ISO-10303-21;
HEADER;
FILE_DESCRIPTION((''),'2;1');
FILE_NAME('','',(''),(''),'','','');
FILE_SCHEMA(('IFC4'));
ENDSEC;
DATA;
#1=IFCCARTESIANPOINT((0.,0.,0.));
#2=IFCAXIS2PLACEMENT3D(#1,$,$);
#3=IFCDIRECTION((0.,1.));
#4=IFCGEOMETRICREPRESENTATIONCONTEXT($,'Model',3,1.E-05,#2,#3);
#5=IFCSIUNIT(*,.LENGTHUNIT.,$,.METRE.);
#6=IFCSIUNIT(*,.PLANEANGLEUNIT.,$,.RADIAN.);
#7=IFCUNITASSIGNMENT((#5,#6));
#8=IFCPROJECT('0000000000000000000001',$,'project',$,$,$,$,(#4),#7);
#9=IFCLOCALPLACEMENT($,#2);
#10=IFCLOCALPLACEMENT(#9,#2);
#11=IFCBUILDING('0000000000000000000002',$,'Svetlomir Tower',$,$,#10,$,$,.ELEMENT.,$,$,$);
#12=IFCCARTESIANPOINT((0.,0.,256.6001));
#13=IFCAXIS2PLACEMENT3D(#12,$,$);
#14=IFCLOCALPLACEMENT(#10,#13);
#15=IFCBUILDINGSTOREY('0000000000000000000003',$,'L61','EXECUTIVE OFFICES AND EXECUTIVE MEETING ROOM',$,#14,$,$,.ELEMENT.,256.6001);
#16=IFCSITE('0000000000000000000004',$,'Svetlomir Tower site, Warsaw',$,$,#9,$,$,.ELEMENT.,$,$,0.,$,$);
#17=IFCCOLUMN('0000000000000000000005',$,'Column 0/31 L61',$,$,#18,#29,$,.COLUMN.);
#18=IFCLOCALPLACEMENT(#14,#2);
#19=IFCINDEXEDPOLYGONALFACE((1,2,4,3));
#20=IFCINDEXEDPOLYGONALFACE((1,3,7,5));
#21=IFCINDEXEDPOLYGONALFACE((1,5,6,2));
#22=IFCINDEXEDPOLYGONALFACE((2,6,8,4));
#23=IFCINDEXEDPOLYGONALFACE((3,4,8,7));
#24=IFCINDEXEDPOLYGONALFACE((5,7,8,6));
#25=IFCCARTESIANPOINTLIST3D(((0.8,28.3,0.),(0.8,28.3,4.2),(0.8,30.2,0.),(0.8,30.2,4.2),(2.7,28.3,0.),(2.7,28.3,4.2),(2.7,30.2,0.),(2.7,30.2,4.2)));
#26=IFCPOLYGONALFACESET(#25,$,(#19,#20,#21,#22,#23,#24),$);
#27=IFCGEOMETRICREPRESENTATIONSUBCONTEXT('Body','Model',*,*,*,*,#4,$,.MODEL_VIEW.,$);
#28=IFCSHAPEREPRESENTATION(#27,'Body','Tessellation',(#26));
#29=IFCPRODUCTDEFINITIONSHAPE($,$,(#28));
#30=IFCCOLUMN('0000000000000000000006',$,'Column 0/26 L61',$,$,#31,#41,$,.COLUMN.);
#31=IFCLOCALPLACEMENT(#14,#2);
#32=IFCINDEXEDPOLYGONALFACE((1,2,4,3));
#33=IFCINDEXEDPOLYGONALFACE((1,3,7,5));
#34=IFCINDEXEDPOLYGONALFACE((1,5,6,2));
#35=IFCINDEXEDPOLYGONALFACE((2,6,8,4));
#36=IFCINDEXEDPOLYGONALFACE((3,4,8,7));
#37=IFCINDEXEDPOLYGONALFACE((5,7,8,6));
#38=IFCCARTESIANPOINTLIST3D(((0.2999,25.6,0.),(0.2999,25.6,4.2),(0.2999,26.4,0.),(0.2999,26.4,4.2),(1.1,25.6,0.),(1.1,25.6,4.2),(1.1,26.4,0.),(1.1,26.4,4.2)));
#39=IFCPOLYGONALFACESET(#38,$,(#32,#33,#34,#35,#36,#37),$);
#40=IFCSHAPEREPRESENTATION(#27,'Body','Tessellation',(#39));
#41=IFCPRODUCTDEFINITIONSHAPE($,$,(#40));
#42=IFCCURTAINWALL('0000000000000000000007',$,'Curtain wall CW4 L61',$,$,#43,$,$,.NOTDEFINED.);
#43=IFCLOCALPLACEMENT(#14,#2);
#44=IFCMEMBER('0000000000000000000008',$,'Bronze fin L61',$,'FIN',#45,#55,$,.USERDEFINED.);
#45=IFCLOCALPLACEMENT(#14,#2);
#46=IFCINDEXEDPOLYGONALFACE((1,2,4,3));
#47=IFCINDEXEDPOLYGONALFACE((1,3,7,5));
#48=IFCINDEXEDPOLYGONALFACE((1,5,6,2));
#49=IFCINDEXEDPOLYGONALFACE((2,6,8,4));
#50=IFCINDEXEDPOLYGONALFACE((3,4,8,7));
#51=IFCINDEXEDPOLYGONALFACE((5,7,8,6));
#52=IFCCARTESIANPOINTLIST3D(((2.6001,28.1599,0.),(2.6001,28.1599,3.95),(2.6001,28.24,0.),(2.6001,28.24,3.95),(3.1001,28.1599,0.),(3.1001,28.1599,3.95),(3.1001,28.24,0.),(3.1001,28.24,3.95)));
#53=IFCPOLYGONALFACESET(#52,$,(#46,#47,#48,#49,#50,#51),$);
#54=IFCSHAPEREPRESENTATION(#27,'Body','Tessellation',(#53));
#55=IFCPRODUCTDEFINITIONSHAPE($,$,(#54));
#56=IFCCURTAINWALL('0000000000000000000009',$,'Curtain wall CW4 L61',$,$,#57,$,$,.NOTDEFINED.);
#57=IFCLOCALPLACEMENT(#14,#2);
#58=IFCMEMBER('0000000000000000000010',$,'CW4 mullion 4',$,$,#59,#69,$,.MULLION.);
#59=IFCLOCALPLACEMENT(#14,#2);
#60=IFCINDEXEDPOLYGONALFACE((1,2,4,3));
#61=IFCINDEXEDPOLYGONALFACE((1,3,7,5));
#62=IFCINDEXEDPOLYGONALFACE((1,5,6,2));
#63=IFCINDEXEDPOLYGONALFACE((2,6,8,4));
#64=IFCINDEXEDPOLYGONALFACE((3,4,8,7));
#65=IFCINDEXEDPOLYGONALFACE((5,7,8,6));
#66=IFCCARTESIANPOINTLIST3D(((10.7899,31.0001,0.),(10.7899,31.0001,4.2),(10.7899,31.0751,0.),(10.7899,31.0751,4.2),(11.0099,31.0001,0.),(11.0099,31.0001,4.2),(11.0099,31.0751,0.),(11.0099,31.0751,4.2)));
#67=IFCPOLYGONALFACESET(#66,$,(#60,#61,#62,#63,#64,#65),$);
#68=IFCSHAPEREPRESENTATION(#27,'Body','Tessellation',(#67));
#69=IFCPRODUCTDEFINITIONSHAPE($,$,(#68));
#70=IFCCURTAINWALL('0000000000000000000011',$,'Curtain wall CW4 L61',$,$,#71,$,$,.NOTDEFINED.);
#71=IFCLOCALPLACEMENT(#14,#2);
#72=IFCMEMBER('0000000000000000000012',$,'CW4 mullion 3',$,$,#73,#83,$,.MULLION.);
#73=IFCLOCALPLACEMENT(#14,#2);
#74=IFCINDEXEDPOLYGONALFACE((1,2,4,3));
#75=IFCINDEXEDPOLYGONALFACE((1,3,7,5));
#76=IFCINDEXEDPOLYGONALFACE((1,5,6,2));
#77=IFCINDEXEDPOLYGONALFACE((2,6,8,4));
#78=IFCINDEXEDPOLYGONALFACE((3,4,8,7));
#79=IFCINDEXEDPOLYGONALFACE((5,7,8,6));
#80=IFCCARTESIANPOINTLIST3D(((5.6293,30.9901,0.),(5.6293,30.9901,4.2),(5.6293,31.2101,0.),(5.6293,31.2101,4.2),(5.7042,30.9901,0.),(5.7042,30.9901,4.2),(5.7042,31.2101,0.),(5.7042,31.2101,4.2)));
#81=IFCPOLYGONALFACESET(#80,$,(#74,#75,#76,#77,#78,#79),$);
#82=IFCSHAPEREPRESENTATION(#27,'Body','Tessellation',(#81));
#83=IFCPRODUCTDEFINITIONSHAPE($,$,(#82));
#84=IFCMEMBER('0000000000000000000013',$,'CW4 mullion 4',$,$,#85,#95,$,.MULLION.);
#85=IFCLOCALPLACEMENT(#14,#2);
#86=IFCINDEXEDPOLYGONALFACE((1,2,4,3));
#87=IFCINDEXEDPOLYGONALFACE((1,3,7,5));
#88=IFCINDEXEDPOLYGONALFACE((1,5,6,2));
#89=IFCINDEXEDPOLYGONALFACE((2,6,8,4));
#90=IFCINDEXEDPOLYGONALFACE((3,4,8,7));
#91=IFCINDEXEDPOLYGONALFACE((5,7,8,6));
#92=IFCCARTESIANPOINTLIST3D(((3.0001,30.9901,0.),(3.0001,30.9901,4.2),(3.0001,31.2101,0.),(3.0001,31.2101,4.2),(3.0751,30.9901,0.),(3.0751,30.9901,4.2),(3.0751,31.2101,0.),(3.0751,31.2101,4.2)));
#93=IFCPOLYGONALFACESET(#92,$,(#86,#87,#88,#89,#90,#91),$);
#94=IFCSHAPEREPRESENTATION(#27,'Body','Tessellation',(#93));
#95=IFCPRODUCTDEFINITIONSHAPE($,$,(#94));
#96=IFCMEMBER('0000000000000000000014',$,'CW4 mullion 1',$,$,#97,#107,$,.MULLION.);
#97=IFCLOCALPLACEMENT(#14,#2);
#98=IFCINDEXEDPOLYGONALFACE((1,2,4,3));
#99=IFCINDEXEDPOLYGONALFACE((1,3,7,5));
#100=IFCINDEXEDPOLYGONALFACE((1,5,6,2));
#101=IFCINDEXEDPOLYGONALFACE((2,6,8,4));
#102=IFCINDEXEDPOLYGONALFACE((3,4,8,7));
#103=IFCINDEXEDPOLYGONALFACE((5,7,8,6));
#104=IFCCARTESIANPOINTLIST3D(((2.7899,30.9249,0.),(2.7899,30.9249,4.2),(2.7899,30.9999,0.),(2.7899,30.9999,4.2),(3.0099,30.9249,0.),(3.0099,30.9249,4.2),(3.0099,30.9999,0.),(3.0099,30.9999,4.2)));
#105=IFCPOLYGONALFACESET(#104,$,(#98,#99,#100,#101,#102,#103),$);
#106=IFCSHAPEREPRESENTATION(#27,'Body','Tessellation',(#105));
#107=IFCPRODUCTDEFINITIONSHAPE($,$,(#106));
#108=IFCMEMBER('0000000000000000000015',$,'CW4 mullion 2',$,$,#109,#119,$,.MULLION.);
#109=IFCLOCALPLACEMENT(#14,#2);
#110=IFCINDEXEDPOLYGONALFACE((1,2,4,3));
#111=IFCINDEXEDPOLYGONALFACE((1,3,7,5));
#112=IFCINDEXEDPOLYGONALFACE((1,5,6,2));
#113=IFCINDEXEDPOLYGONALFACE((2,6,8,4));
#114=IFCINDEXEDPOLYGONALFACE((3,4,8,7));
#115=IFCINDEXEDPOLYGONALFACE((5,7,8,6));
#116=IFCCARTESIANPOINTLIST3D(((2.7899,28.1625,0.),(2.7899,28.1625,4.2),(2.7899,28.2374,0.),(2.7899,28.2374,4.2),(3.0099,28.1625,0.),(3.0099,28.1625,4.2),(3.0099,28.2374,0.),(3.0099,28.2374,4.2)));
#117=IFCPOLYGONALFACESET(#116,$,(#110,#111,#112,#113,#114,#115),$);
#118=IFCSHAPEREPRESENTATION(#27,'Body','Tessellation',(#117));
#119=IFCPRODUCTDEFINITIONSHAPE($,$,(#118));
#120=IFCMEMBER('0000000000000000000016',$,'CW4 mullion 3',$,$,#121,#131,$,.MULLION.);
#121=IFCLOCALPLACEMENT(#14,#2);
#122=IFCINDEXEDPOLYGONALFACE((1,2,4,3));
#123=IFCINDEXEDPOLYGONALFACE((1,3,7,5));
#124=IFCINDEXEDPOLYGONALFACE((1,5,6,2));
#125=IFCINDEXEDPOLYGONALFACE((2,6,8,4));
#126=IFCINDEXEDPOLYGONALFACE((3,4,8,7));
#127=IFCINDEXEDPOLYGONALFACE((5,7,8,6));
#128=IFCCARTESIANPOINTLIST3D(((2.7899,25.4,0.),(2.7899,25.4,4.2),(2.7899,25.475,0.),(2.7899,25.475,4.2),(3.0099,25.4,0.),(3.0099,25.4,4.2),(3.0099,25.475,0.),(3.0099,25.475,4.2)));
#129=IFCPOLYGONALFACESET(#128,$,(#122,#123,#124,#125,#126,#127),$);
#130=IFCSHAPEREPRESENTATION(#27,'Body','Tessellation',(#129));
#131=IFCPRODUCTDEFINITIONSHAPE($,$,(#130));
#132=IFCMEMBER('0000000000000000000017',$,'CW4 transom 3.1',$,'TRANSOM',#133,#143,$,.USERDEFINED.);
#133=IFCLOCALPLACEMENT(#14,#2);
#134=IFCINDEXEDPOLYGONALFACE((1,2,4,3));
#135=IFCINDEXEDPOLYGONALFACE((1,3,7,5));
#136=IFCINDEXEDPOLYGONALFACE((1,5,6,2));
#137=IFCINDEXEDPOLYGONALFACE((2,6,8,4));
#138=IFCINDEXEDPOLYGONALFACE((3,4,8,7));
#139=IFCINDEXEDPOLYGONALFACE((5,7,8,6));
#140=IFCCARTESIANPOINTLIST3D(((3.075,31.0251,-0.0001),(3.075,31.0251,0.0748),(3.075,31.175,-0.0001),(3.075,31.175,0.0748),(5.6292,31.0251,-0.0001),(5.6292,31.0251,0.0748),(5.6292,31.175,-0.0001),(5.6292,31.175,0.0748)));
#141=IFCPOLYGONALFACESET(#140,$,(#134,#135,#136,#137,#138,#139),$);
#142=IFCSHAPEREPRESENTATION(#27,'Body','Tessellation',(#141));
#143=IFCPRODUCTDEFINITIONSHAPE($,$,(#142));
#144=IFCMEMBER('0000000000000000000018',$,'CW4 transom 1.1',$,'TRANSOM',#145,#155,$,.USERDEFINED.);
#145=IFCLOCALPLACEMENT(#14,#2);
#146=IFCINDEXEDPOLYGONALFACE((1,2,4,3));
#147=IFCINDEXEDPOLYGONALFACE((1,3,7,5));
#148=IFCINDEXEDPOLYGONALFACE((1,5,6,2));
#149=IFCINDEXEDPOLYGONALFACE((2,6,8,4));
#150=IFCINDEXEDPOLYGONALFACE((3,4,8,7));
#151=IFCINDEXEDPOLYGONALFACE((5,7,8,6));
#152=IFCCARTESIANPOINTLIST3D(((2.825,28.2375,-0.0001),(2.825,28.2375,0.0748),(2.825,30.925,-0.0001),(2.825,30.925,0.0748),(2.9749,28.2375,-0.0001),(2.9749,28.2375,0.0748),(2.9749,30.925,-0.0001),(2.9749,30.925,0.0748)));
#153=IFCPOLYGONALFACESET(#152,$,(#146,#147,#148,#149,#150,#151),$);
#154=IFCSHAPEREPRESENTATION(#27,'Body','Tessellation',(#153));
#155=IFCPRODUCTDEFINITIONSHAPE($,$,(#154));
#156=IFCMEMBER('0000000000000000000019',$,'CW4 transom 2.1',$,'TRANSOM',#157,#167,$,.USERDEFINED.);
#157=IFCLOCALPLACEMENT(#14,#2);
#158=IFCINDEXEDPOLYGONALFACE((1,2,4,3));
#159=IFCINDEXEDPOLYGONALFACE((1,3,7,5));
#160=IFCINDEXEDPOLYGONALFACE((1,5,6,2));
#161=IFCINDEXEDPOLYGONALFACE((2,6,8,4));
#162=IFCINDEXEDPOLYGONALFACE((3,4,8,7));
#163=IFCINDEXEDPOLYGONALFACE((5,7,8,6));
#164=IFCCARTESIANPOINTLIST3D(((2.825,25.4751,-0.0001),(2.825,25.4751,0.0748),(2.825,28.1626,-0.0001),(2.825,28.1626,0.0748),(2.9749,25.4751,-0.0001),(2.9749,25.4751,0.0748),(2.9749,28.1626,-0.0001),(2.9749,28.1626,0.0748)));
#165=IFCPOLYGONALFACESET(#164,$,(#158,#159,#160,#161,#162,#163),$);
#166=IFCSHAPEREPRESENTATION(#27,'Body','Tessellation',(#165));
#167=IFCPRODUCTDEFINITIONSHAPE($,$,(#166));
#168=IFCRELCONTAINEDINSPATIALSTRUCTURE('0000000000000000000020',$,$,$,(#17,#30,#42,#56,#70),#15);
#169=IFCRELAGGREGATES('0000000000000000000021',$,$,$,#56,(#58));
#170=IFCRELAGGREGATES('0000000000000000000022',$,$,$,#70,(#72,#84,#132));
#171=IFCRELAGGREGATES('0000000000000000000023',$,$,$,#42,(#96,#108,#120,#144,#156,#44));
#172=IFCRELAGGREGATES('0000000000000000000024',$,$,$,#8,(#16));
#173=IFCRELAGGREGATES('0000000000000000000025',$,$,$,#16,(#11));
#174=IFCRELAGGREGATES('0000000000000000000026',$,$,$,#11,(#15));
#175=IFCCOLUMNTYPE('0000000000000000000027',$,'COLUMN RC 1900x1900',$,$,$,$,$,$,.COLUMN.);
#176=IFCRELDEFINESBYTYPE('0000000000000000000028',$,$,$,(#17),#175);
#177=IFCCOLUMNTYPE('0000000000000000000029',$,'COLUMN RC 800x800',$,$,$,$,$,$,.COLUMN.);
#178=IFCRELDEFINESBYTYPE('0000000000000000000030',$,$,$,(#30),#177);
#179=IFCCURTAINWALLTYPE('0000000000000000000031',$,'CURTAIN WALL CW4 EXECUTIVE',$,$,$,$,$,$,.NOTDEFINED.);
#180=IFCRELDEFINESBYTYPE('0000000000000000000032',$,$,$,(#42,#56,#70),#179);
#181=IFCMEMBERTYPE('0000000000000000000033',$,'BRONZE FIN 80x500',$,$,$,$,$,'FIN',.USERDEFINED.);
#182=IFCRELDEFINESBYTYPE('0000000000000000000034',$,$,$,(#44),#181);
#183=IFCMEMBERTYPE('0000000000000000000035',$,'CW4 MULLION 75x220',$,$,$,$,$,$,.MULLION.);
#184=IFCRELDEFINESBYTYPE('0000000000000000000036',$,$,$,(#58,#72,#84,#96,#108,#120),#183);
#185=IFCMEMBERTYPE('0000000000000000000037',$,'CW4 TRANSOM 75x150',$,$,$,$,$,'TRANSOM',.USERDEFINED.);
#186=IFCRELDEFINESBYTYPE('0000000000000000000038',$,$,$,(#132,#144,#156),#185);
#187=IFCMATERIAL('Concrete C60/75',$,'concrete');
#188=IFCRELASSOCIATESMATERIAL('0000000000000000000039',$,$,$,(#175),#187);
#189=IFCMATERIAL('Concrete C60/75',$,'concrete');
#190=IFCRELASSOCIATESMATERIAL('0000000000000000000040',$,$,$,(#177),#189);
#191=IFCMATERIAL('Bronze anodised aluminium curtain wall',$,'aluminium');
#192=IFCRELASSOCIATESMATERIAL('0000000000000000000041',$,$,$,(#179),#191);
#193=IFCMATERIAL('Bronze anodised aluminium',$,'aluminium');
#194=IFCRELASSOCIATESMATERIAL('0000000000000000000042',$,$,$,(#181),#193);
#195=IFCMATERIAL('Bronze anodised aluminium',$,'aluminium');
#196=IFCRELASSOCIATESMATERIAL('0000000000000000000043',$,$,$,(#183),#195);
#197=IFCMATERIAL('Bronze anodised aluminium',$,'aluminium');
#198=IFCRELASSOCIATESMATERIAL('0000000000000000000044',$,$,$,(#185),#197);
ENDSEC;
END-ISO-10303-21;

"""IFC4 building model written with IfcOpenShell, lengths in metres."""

from ifc_helpers import new_model, si_unit, direction, frame, origin, origin_2d, place, context, subcontext, project, spatial, rectangle, extrude, material, material_profile, profile_set, type_object, element, aggregate, save


model = new_model("IFC4")

# Units and contexts
model_context = context("Model", 3, precision=1e-05, world=origin(), true_north=direction((0.0, 1.0)))
body_context = subcontext(model_context, "Body", "Model", "MODEL_VIEW")
ifc_project = project(units=[si_unit("LENGTHUNIT", "METRE"), si_unit("PLANEANGLEUNIT", "RADIAN")], contexts=[model_context])

# Site, building, storey
site_placement = place(None, origin())
site = spatial("IfcSite", under=ifc_project, at=site_placement, Name="Svetlomir Tower site, Warsaw", CompositionType="ELEMENT", RefElevation=0.0)
building_placement = place(site_placement, origin())
building = spatial("IfcBuilding", under=site, at=building_placement, Name="Svetlomir Tower", CompositionType="ELEMENT")
storey_placement = place(building_placement, frame((0.0, 0.0, 256.6001)))
storey = spatial("IfcBuildingStorey", under=building, at=storey_placement, Name="L61", Description="EXECUTIVE OFFICES AND EXECUTIVE MEETING ROOM", CompositionType="ELEMENT", Elevation=256.6001)

# Columns
ifc_material_1 = material(Name="Concrete C60/75", Category="concrete")
ifc_material_profile_1 = material_profile(ifc_material_1, rectangle(XDim=1.8999, YDim=1.8999, at=origin_2d()), Name="RC 1900x1900")
ifc_profile_set_1 = profile_set([ifc_material_profile_1], Name="Concrete C60/75")
column_type_1 = type_object("IfcColumnType", Name="COLUMN RC 1900x1900", PredefinedType="COLUMN", material=ifc_profile_set_1)
column_1_placement = place(storey_placement, frame((1.75, 29.25, 0.0), z_axis=(0.0, 0.0, 1.0), x_axis=(1.0, 0.0, 0.0)))
element("IfcColumn", 1, at=column_1_placement, inside=storey, type_object=column_type_1, Name="Column 0/31 L61", PredefinedType="COLUMN", context=body_context, shape_type="SweptSolid", body=[
    extrude(rectangle(XDim=1.8999, YDim=1.8999, at=origin_2d()), origin(), (0.0, 0.0, 1.0), 4.2),
])
ifc_material_2 = material(Name="Concrete C60/75", Category="concrete")
ifc_material_profile_2 = material_profile(ifc_material_2, rectangle(XDim=0.8, YDim=0.8, at=origin_2d()), Name="RC 800x800")
ifc_profile_set_2 = profile_set([ifc_material_profile_2], Name="Concrete C60/75")
column_type_2 = type_object("IfcColumnType", Name="COLUMN RC 800x800", PredefinedType="COLUMN", material=ifc_profile_set_2)
column_2_placement = place(storey_placement, frame((0.7, 26.0, 0.0), z_axis=(0.0, 0.0, 1.0), x_axis=(1.0, 0.0, 0.0)))
element("IfcColumn", 2, at=column_2_placement, inside=storey, type_object=column_type_2, Name="Column 0/26 L61", PredefinedType="COLUMN", context=body_context, shape_type="SweptSolid", body=[
    extrude(rectangle(XDim=0.8, YDim=0.8, at=origin_2d()), origin(), (0.0, 0.0, 1.0), 4.2),
])

# Curtain walls, members
ifc_material_3 = material(Name="Bronze anodised aluminium curtain wall", Category="aluminium")
curtain_wall_type = type_object("IfcCurtainWallType", Name="CURTAIN WALL CW4 EXECUTIVE", PredefinedType="NOTDEFINED", material=ifc_material_3)
curtain_wall_1_placement = place(storey_placement, origin())
curtain_wall_1 = element("IfcCurtainWall", 3, at=curtain_wall_1_placement, inside=storey, type_object=curtain_wall_type, Name="Curtain wall CW4 L61", PredefinedType="NOTDEFINED")
ifc_material_4 = material(Name="Bronze anodised aluminium", Category="aluminium")
ifc_material_profile_3 = material_profile(ifc_material_4, rectangle(XDim=0.0801, YDim=0.5, at=origin_2d()), Name="FIN 80x500")
ifc_profile_set_3 = profile_set([ifc_material_profile_3], Name="Bronze anodised aluminium 6063-T6")
member_type_1 = type_object("IfcMemberType", Name="BRONZE FIN 80x500", ElementType="FIN", PredefinedType="USERDEFINED", material=ifc_profile_set_3)
member_1_placement = place(storey_placement, frame((2.8501, 28.2, 0.0), z_axis=(0.0, 0.0, 1.0), x_axis=(0.0, 1.0, 0.0)))
member_1 = element("IfcMember", 4, at=member_1_placement, type_object=member_type_1, Name="Bronze fin L61", ObjectType="FIN", PredefinedType="USERDEFINED", context=body_context, shape_type="SweptSolid", body=[
    extrude(rectangle(XDim=0.0801, YDim=0.5, at=origin_2d()), origin(), (0.0, 0.0, 1.0), 3.95),
])
curtain_wall_2_placement = place(storey_placement, origin())
curtain_wall_2 = element("IfcCurtainWall", 5, at=curtain_wall_2_placement, inside=storey, type_object=curtain_wall_type, Name="Curtain wall CW4 L61", PredefinedType="NOTDEFINED")
ifc_material_5 = material(Name="Bronze anodised aluminium", Category="aluminium")
ifc_material_profile_4 = material_profile(ifc_material_5, rectangle(XDim=0.075, YDim=0.22, at=origin_2d()), Name="AL 75x220")
ifc_profile_set_4 = profile_set([ifc_material_profile_4], Name="Bronze anodised aluminium 6063-T6")
member_type_2 = type_object("IfcMemberType", Name="CW4 MULLION 75x220", PredefinedType="MULLION", material=ifc_profile_set_4)
member_2_placement = place(storey_placement, frame((10.8999, 31.0376, 0.0), z_axis=(0.0, 0.0, 1.0), x_axis=(0.0, -1.0, 0.0)))
member_2 = element("IfcMember", 6, at=member_2_placement, type_object=member_type_2, Name="CW4 mullion 4", PredefinedType="MULLION", context=body_context, shape_type="SweptSolid", body=[
    extrude(rectangle(XDim=0.075, YDim=0.22, at=origin_2d()), origin(), (0.0, 0.0, 1.0), 4.2),
])
aggregate(curtain_wall_2, [member_2])

# Curtain wall, members
curtain_wall_3_placement = place(storey_placement, origin())
curtain_wall_3 = element("IfcCurtainWall", 7, at=curtain_wall_3_placement, inside=storey, type_object=curtain_wall_type, Name="Curtain wall CW4 L61", PredefinedType="NOTDEFINED")
member_3_placement = place(storey_placement, frame((5.6667, 31.1001, 0.0), z_axis=(0.0, 0.0, 1.0), x_axis=(-1.0, 0.0, 0.0)))
member_3 = element("IfcMember", 8, at=member_3_placement, type_object=member_type_2, Name="CW4 mullion 3", PredefinedType="MULLION", context=body_context, shape_type="SweptSolid", body=[
    extrude(rectangle(XDim=0.075, YDim=0.22, at=origin_2d()), origin(), (0.0, 0.0, 1.0), 4.2),
])
member_4_placement = place(storey_placement, frame((3.0376, 31.1001, 0.0), z_axis=(0.0, 0.0, 1.0), x_axis=(-1.0, 0.0, 0.0)))
member_4 = element("IfcMember", 9, at=member_4_placement, type_object=member_type_2, Name="CW4 mullion 4", PredefinedType="MULLION", context=body_context, shape_type="SweptSolid", body=[
    extrude(rectangle(XDim=0.075, YDim=0.22, at=origin_2d()), origin(), (0.0, 0.0, 1.0), 4.2),
])

# Members
member_5_placement = place(storey_placement, frame((2.8999, 30.9624, 0.0), z_axis=(0.0, 0.0, 1.0), x_axis=(0.0, -1.0, 0.0)))
member_5 = element("IfcMember", 10, at=member_5_placement, type_object=member_type_2, Name="CW4 mullion 1", PredefinedType="MULLION", context=body_context, shape_type="SweptSolid", body=[
    extrude(rectangle(XDim=0.075, YDim=0.22, at=origin_2d()), origin(), (0.0, 0.0, 1.0), 4.2),
])
member_6_placement = place(storey_placement, frame((2.8999, 28.2, 0.0), z_axis=(0.0, 0.0, 1.0), x_axis=(0.0, -1.0, 0.0)))
member_6 = element("IfcMember", 11, at=member_6_placement, type_object=member_type_2, Name="CW4 mullion 2", PredefinedType="MULLION", context=body_context, shape_type="SweptSolid", body=[
    extrude(rectangle(XDim=0.075, YDim=0.22, at=origin_2d()), origin(), (0.0, 0.0, 1.0), 4.2),
])
member_7_placement = place(storey_placement, frame((2.8999, 25.4375, 0.0), z_axis=(0.0, 0.0, 1.0), x_axis=(0.0, -1.0, 0.0)))
member_7 = element("IfcMember", 12, at=member_7_placement, type_object=member_type_2, Name="CW4 mullion 3", PredefinedType="MULLION", context=body_context, shape_type="SweptSolid", body=[
    extrude(rectangle(XDim=0.075, YDim=0.22, at=origin_2d()), origin(), (0.0, 0.0, 1.0), 4.2),
])
ifc_material_6 = material(Name="Bronze anodised aluminium", Category="aluminium")
ifc_material_profile_5 = material_profile(ifc_material_6, rectangle(XDim=0.1499, YDim=0.075, at=origin_2d()), Name="AL 150x75")
ifc_profile_set_5 = profile_set([ifc_material_profile_5], Name="Bronze anodised aluminium 6063-T6")
member_type_3 = type_object("IfcMemberType", Name="CW4 TRANSOM 75x150", ElementType="TRANSOM", PredefinedType="USERDEFINED", material=ifc_profile_set_5)
member_8_placement = place(storey_placement, frame((5.6292, 31.1001, 0.0374), z_axis=(-1.0, 0.0, 0.0), x_axis=(0.0, -1.0, 0.0)))
member_8 = element("IfcMember", 13, at=member_8_placement, type_object=member_type_3, Name="CW4 transom 3.1", ObjectType="TRANSOM", PredefinedType="USERDEFINED", context=body_context, shape_type="SweptSolid", body=[
    extrude(rectangle(XDim=0.1499, YDim=0.075, at=origin_2d()), origin(), (0.0, 0.0, 1.0), 2.5542),
])
member_9_placement = place(storey_placement, frame((2.8999, 30.925, 0.0374), z_axis=(0.0, -1.0, 0.0), x_axis=(1.0, 0.0, 0.0)))
member_9 = element("IfcMember", 14, at=member_9_placement, type_object=member_type_3, Name="CW4 transom 1.1", ObjectType="TRANSOM", PredefinedType="USERDEFINED", context=body_context, shape_type="SweptSolid", body=[
    extrude(rectangle(XDim=0.1499, YDim=0.075, at=origin_2d()), origin(), (0.0, 0.0, 1.0), 2.6875),
])
member_10_placement = place(storey_placement, frame((2.8999, 28.1626, 0.0374), z_axis=(0.0, -1.0, 0.0), x_axis=(1.0, 0.0, 0.0)))
member_10 = element("IfcMember", 15, at=member_10_placement, type_object=member_type_3, Name="CW4 transom 2.1", ObjectType="TRANSOM", PredefinedType="USERDEFINED", context=body_context, shape_type="SweptSolid", body=[
    extrude(rectangle(XDim=0.1499, YDim=0.075, at=origin_2d()), origin(), (0.0, 0.0, 1.0), 2.6875),
])

aggregate(curtain_wall_3, [member_3, member_4, member_8])
aggregate(curtain_wall_1, [member_5, member_6, member_7, member_9, member_10, member_1])

save(model, "model.ifc")
